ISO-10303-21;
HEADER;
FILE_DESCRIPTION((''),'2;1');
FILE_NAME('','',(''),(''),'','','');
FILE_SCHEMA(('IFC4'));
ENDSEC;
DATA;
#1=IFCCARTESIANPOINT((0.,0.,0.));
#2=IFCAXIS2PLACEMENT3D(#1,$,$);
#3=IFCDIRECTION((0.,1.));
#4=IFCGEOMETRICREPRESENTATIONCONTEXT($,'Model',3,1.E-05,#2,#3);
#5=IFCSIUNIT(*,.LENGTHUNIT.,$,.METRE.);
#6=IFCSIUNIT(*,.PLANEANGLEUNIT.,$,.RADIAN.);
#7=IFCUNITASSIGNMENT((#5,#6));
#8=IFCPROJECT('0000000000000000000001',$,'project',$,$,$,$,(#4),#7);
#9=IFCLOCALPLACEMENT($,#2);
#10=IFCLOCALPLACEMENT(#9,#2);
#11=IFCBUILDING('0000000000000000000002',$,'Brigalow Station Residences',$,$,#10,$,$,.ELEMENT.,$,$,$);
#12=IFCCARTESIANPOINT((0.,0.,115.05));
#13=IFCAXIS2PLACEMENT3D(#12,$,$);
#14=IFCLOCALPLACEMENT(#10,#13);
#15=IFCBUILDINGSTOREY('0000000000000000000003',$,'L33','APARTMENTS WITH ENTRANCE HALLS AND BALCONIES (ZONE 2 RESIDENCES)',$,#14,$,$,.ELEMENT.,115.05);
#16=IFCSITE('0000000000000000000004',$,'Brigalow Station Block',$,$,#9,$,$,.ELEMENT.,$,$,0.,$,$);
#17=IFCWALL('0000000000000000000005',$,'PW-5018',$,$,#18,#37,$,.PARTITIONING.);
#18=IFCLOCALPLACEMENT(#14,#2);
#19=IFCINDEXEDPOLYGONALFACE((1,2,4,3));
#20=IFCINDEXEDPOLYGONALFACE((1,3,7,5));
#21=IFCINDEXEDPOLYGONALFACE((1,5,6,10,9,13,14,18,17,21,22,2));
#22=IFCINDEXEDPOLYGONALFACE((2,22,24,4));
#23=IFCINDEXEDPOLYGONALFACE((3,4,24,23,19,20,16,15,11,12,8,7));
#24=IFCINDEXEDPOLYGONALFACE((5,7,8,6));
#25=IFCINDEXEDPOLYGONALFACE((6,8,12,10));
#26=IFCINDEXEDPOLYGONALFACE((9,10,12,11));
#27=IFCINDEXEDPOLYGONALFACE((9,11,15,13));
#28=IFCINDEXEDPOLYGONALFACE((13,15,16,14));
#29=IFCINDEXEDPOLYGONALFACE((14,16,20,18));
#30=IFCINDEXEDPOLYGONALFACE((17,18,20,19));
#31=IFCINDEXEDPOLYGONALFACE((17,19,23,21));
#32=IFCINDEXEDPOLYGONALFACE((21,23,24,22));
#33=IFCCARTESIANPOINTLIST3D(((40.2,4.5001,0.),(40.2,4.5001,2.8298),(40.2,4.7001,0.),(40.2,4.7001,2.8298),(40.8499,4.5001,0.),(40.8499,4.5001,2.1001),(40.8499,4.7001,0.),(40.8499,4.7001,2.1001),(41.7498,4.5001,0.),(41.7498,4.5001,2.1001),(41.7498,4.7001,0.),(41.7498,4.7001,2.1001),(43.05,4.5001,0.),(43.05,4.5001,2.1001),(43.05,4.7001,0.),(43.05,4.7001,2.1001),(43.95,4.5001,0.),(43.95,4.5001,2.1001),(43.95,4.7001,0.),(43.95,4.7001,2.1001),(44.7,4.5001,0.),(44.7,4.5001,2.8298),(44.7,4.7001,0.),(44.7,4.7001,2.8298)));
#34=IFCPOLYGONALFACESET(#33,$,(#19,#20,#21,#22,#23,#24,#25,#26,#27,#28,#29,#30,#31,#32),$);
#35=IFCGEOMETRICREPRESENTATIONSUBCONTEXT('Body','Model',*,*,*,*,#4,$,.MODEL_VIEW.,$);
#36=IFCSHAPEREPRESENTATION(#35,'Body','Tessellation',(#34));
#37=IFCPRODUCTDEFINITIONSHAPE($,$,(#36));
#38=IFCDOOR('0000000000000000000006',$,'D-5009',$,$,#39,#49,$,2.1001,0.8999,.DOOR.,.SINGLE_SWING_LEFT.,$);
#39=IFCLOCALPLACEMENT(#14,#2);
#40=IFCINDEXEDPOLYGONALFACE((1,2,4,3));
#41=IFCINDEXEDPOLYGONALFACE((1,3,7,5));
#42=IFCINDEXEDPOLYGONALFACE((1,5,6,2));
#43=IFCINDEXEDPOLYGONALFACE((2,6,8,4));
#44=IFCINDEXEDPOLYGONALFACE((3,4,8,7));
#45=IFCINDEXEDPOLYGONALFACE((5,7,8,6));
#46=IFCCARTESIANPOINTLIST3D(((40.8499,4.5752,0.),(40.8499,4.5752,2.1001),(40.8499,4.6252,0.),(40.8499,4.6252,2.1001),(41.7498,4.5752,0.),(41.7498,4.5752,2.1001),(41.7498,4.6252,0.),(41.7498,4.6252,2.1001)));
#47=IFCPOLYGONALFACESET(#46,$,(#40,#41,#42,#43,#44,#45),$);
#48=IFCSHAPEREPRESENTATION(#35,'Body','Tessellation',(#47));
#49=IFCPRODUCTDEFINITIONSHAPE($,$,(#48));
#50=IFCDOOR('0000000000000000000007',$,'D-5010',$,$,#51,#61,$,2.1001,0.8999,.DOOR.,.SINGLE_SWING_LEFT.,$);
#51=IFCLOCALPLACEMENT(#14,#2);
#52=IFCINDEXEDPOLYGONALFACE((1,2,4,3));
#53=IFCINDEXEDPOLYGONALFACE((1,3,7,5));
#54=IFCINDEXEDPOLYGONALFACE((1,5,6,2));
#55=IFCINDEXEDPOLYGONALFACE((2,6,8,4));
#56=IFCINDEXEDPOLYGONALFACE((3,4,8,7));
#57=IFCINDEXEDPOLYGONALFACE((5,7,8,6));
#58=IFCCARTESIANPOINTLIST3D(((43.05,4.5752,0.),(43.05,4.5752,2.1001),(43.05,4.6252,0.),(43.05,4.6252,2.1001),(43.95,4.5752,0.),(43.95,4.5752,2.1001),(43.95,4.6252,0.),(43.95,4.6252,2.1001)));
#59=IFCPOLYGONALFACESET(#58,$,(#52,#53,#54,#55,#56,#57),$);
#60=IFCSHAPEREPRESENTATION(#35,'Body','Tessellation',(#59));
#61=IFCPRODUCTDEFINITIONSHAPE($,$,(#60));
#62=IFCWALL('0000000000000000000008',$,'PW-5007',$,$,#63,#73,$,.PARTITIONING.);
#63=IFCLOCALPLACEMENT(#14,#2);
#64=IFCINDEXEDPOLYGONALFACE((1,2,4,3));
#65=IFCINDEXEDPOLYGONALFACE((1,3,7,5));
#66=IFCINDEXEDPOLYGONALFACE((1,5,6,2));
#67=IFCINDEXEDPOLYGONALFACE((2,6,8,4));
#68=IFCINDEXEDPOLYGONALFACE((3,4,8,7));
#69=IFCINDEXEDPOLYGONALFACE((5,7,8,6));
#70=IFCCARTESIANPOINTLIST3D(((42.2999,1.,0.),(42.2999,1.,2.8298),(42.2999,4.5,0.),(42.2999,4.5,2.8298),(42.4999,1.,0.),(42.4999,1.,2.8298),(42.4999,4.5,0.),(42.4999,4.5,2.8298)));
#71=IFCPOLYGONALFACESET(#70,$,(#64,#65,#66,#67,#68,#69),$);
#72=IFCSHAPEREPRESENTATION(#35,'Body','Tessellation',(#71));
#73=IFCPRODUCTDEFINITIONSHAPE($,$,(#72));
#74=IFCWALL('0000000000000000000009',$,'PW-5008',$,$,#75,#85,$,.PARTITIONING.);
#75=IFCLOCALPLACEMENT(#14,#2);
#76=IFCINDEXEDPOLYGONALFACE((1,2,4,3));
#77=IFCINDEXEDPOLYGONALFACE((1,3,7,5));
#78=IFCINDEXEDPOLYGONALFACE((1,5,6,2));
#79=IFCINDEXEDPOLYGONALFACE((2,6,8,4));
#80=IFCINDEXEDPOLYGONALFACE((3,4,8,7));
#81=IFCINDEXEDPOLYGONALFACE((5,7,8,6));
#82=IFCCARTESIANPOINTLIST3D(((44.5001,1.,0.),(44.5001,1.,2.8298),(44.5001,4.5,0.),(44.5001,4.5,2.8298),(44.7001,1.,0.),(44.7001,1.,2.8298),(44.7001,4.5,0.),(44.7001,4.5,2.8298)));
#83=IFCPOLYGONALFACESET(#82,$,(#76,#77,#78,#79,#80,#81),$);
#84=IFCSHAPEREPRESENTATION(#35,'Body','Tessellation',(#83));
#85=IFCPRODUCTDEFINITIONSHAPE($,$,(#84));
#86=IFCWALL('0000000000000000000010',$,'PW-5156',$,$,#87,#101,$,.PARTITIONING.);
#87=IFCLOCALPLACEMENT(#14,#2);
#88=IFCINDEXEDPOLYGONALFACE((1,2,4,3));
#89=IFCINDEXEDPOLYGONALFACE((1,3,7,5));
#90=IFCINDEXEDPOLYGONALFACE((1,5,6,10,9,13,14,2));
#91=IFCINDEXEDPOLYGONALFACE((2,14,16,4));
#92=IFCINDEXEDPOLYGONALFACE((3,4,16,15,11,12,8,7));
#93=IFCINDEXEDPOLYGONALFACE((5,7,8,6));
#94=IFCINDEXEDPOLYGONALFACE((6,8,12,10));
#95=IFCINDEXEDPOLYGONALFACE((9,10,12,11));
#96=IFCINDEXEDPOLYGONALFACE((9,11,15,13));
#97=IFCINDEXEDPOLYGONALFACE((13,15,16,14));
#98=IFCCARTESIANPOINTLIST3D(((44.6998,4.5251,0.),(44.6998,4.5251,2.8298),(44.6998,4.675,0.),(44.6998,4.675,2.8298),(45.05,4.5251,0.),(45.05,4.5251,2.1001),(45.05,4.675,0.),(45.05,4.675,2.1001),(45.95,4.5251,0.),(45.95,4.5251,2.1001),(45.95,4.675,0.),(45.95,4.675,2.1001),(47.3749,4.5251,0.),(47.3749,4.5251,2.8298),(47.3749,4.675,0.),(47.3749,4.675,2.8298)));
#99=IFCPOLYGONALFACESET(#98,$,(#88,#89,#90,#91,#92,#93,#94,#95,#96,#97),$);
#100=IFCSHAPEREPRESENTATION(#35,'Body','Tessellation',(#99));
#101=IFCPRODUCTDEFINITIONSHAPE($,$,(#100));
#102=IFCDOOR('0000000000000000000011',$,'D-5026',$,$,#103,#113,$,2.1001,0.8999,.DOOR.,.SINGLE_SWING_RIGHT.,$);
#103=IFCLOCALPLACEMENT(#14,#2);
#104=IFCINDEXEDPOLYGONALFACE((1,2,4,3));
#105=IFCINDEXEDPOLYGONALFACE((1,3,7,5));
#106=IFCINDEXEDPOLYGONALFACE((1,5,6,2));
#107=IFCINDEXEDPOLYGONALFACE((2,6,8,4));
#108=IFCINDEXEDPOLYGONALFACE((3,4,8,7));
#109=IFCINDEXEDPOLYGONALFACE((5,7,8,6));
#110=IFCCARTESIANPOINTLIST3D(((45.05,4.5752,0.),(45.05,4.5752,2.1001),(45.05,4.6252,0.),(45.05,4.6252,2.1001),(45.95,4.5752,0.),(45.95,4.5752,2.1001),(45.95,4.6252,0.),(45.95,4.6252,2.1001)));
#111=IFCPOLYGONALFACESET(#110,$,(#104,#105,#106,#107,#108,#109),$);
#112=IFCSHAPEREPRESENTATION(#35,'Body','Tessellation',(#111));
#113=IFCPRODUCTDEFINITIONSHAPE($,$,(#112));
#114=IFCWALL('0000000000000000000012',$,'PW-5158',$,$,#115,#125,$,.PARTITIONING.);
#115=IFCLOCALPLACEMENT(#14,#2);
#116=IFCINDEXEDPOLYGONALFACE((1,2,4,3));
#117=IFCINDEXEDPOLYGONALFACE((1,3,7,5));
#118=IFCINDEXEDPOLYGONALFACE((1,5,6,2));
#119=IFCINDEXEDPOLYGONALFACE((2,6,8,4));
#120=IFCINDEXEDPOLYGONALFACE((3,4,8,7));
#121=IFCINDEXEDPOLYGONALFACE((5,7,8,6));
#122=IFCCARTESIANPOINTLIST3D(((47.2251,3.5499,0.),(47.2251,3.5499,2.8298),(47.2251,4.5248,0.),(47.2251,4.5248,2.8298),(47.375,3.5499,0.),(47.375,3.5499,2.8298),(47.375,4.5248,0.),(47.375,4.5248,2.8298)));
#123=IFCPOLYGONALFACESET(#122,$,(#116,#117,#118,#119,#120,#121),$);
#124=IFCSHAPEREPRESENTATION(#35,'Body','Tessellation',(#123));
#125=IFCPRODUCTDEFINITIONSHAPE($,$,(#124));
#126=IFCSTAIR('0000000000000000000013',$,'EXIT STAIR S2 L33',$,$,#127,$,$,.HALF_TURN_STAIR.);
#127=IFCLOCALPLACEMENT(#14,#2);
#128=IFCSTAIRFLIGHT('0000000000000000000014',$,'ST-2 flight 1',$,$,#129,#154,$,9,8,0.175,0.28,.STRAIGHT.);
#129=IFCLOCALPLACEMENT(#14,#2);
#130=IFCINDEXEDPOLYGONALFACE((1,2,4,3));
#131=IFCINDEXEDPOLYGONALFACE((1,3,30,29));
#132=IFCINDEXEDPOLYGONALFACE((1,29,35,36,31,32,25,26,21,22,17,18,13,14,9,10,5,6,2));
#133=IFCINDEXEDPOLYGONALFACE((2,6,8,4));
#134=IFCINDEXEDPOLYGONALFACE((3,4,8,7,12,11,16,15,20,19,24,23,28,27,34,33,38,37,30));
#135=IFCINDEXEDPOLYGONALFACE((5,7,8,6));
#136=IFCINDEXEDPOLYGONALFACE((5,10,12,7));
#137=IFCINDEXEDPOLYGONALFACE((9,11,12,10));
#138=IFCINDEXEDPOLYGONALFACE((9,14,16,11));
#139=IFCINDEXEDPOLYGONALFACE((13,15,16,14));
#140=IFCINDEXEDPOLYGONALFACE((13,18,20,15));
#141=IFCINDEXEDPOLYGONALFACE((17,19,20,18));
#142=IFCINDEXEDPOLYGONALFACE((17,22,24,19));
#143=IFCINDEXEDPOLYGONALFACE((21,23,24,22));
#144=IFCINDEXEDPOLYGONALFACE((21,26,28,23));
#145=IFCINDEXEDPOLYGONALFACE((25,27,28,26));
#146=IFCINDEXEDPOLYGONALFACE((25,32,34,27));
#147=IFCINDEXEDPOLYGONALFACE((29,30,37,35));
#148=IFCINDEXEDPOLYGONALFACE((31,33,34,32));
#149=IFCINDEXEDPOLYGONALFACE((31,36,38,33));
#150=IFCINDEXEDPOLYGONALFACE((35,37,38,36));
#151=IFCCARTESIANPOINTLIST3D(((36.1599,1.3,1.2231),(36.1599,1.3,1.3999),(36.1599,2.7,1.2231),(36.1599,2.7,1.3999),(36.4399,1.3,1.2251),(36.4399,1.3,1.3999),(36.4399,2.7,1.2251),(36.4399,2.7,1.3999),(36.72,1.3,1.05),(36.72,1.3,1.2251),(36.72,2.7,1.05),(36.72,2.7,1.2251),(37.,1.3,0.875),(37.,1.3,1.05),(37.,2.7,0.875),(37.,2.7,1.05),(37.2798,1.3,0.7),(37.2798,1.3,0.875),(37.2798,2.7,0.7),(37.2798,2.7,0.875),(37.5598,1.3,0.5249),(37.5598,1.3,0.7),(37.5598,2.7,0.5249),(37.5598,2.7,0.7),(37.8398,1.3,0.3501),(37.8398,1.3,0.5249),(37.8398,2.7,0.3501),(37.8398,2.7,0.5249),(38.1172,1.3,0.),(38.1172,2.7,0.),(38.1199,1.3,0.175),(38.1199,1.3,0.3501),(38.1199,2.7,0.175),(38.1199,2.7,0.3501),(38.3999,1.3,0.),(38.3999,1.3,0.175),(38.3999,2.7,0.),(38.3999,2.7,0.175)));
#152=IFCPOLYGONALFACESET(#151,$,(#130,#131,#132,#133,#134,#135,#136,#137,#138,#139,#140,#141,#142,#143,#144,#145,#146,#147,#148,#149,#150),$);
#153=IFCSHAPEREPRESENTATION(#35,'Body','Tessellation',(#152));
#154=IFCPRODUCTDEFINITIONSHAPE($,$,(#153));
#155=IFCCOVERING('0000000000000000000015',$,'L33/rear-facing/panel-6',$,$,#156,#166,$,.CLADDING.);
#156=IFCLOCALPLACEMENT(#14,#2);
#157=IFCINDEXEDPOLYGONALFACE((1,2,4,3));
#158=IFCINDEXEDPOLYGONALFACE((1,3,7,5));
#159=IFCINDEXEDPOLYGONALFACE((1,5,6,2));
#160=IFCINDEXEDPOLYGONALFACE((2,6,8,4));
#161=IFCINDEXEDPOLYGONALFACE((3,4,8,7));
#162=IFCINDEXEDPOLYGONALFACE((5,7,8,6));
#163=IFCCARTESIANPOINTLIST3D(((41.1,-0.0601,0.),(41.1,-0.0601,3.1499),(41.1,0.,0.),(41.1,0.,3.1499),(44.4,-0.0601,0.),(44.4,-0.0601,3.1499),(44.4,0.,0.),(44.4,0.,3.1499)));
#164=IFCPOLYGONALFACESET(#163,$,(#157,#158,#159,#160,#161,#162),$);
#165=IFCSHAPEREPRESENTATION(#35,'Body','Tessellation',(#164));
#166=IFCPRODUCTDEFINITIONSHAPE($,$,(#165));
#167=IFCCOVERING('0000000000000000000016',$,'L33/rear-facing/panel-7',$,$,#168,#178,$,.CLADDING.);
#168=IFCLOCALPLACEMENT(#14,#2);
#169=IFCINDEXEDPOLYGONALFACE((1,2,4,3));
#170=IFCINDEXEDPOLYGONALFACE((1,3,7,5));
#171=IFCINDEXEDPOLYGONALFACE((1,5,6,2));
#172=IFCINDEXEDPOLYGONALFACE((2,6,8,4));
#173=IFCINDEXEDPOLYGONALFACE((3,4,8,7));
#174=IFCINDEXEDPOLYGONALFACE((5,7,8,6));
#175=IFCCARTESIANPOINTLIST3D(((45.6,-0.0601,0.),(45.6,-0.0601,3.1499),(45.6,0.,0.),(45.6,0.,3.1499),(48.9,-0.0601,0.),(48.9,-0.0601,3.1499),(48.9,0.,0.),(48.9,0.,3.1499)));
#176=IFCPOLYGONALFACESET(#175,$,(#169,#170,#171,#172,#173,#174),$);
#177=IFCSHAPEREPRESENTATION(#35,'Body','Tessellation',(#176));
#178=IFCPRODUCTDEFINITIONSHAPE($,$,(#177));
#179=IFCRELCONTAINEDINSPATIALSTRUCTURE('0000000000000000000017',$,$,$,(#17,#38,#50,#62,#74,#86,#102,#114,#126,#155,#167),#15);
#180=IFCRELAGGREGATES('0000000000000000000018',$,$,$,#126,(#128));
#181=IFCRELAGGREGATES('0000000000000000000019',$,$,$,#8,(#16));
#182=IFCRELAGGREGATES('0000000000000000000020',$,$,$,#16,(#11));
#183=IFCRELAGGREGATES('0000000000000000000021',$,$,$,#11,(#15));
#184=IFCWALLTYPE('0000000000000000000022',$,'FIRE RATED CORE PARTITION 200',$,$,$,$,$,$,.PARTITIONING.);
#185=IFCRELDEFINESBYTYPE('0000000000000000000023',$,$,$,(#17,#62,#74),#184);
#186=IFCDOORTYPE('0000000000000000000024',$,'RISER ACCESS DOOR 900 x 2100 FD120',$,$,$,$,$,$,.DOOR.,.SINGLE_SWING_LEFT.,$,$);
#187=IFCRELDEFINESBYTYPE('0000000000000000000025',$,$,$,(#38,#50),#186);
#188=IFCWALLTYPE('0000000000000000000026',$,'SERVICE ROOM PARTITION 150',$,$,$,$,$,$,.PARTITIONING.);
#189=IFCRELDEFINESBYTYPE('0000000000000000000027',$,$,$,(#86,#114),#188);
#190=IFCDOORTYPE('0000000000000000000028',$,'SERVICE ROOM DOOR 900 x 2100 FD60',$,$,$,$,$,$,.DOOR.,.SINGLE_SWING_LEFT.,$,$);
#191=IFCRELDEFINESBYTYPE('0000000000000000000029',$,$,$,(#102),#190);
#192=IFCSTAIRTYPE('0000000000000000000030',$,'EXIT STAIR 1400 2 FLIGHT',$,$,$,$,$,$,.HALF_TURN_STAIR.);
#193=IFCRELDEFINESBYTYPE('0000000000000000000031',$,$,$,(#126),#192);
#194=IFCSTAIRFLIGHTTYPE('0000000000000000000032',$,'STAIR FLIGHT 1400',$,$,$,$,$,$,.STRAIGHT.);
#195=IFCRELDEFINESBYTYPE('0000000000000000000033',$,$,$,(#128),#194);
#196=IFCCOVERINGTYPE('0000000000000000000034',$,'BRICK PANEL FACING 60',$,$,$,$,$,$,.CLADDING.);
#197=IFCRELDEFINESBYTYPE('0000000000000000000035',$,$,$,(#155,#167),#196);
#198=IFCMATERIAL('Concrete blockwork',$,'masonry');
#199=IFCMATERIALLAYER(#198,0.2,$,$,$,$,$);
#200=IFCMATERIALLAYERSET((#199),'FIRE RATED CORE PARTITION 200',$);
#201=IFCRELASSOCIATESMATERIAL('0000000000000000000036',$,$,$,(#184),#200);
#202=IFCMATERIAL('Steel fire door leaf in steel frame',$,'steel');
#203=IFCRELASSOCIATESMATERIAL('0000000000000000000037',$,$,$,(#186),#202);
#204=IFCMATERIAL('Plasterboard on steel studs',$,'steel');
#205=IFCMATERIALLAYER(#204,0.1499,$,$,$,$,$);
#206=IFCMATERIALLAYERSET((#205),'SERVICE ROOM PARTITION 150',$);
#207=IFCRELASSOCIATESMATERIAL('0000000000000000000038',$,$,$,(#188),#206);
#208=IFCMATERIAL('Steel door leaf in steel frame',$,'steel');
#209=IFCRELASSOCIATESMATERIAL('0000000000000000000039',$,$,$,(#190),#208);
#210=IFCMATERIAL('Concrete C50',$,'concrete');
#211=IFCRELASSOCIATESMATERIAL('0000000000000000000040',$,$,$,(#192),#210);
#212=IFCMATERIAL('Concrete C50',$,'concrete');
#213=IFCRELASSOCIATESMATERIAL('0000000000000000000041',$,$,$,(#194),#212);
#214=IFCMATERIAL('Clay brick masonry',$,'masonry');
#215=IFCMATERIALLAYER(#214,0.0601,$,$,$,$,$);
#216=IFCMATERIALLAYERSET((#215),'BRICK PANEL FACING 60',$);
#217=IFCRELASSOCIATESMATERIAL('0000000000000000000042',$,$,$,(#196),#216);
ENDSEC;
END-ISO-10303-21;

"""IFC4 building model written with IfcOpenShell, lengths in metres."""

from ifc_helpers import new_model, si_unit, direction, frame, frame_2d, origin, origin_2d, place, context, subcontext, project, spatial, polyline, rectangle, outline, extrude, material, layer, layer_set, type_object, element, fill, aggregate, save


model = new_model("IFC4")

# Units and contexts
model_context = context("Model", 3, precision=1e-05, world=origin(), true_north=direction((0.0, 1.0)))
body_context = subcontext(model_context, "Body", "Model", "MODEL_VIEW")
ifc_project = project(units=[si_unit("LENGTHUNIT", "METRE"), si_unit("PLANEANGLEUNIT", "RADIAN")], contexts=[model_context])

# Site, building, storey
site_placement = place(None, origin())
site = spatial("IfcSite", under=ifc_project, at=site_placement, Name="Brigalow Station Block", CompositionType="ELEMENT", RefElevation=0.0)
building_placement = place(site_placement, origin())
building = spatial("IfcBuilding", under=site, at=building_placement, Name="Brigalow Station Residences", CompositionType="ELEMENT")
storey_placement = place(building_placement, frame((0.0, 0.0, 115.05)))
storey = spatial("IfcBuildingStorey", under=building, at=storey_placement, Name="L33", Description="APARTMENTS WITH ENTRANCE HALLS AND BALCONIES (ZONE 2 RESIDENCES)", CompositionType="ELEMENT", Elevation=115.05)

# Wall, openings, doors
ifc_material_1 = material(Name="Concrete blockwork", Category="masonry")
ifc_layer_1 = layer(ifc_material_1, 0.2)
ifc_layer_set_1 = layer_set([ifc_layer_1], Name="FIRE RATED CORE PARTITION 200")
wall_type_1 = type_object("IfcWallType", Name="FIRE RATED CORE PARTITION 200", PredefinedType="PARTITIONING", material=ifc_layer_set_1)
wall_1_placement = place(storey_placement, frame((40.2, 4.6001, 0.0), z_axis=(0.0, 0.0, 1.0), x_axis=(1.0, 0.0, 0.0)))
wall_1 = element("IfcWall", 1, at=wall_1_placement, inside=storey, type_object=wall_type_1, Name="PW-5018", PredefinedType="PARTITIONING", context=body_context, shape_type="SweptSolid", body=[
    extrude(rectangle(XDim=4.5, YDim=0.2, at=frame_2d((2.25, 0.0))), origin(), (0.0, 0.0, 1.0), 2.8298),
])
opening_1_placement = place(wall_1_placement, frame((0.6499, 0.0, 0.0)))
opening_1 = element("IfcOpeningElement", 2, at=opening_1_placement, cuts=wall_1, PredefinedType="OPENING", context=body_context, shape_type="SweptSolid", body=[
    extrude(rectangle(XDim=0.8999, YDim=2.1001, at=frame_2d((0.45, 1.05))), frame((0.0, 0.1099, 0.0), z_axis=(0.0, -1.0, 0.0), x_axis=(1.0, 0.0, 0.0)), (0.0, 0.0, 1.0), 0.22),
])
opening_2_placement = place(wall_1_placement, frame((2.8501, 0.0, 0.0)))
opening_2 = element("IfcOpeningElement", 3, at=opening_2_placement, cuts=wall_1, PredefinedType="OPENING", context=body_context, shape_type="SweptSolid", body=[
    extrude(rectangle(XDim=0.8999, YDim=2.1001, at=frame_2d((0.45, 1.05))), frame((0.0, 0.1099, 0.0), z_axis=(0.0, -1.0, 0.0), x_axis=(1.0, 0.0, 0.0)), (0.0, 0.0, 1.0), 0.22),
])
ifc_material_2 = material(Name="Steel fire door leaf in steel frame", Category="steel")
door_type_1 = type_object("IfcDoorType", Name="RISER ACCESS DOOR 900 x 2100 FD120", OperationType="SINGLE_SWING_LEFT", PredefinedType="DOOR", material=ifc_material_2)
door_1_placement = place(opening_1_placement, frame((0.8999, 0.0, 0.0), z_axis=(0.0, 0.0, 1.0), x_axis=(-1.0, 0.0, 0.0)))
door_1 = element("IfcDoor", 4, at=door_1_placement, inside=storey, type_object=door_type_1, Name="D-5009", OperationType="SINGLE_SWING_LEFT", OverallHeight=2.1001, OverallWidth=0.8999, PredefinedType="DOOR", context=body_context, shape_type="SweptSolid", body=[
    extrude(rectangle(XDim=0.8999, YDim=2.1001, at=frame_2d((0.45, 1.05))), frame((0.0, 0.0249, 0.0), z_axis=(0.0, -1.0, 0.0), x_axis=(1.0, 0.0, 0.0)), (0.0, 0.0, 1.0), 0.05),
])
fill(opening_1, door_1)
door_2_placement = place(opening_2_placement, frame((0.8999, 0.0, 0.0), z_axis=(0.0, 0.0, 1.0), x_axis=(-1.0, 0.0, 0.0)))
door_2 = element("IfcDoor", 5, at=door_2_placement, inside=storey, type_object=door_type_1, Name="D-5010", OperationType="SINGLE_SWING_LEFT", OverallHeight=2.1001, OverallWidth=0.8999, PredefinedType="DOOR", context=body_context, shape_type="SweptSolid", body=[
    extrude(rectangle(XDim=0.8999, YDim=2.1001, at=frame_2d((0.45, 1.05))), frame((0.0, 0.0249, 0.0), z_axis=(0.0, -1.0, 0.0), x_axis=(1.0, 0.0, 0.0)), (0.0, 0.0, 1.0), 0.05),
])
fill(opening_2, door_2)

# Walls
for number, where, z_axis, x_axis, name in (
    (6, (42.3999, 1.0, 0.0), (0.0, 0.0, 1.0), (0.0, 1.0, 0.0), "PW-5007"),
    (7, (44.6001, 1.0, 0.0), (0.0, 0.0, 1.0), (0.0, 1.0, 0.0), "PW-5008"),
):
    element("IfcWall", number, at=place(storey_placement, frame(where, z_axis=z_axis, x_axis=x_axis)), inside=storey, type_object=wall_type_1, Name=name, PredefinedType="PARTITIONING", context=body_context, shape_type="SweptSolid", body=[
        extrude(rectangle(XDim=3.5, YDim=0.2, at=frame_2d((1.75, 0.0))), origin(), (0.0, 0.0, 1.0), 2.8298),
    ])

# Wall, opening, door
ifc_material_3 = material(Name="Plasterboard on steel studs", Category="steel")
ifc_layer_2 = layer(ifc_material_3, 0.1499)
ifc_layer_set_2 = layer_set([ifc_layer_2], Name="SERVICE ROOM PARTITION 150")
wall_type_2 = type_object("IfcWallType", Name="SERVICE ROOM PARTITION 150", PredefinedType="PARTITIONING", material=ifc_layer_set_2)
wall_2_placement = place(storey_placement, frame((44.7, 4.6001, 0.0), z_axis=(0.0, 0.0, 1.0), x_axis=(1.0, 0.0, 0.0)))
wall_2 = element("IfcWall", 8, at=wall_2_placement, inside=storey, type_object=wall_type_2, Name="PW-5156", PredefinedType="PARTITIONING", context=body_context, shape_type="SweptSolid", body=[
    extrude(rectangle(XDim=2.675, YDim=0.1499, at=frame_2d((1.3374, 0.0))), origin(), (0.0, 0.0, 1.0), 2.8298),
])
opening_3_placement = place(wall_2_placement, frame((0.3501, 0.0, 0.0)))
opening_3 = element("IfcOpeningElement", 9, at=opening_3_placement, cuts=wall_2, PredefinedType="OPENING", context=body_context, shape_type="SweptSolid", body=[
    extrude(rectangle(XDim=0.8999, YDim=2.1001, at=frame_2d((0.45, 1.05))), frame((0.0, 0.085, 0.0), z_axis=(0.0, -1.0, 0.0), x_axis=(1.0, 0.0, 0.0)), (0.0, 0.0, 1.0), 0.1699),
])
ifc_material_4 = material(Name="Steel door leaf in steel frame", Category="steel")
door_type_2 = type_object("IfcDoorType", Name="SERVICE ROOM DOOR 900 x 2100 FD60", OperationType="SINGLE_SWING_LEFT", PredefinedType="DOOR", material=ifc_material_4)
door_3_placement = place(opening_3_placement, frame((0.8999, 0.0, 0.0), z_axis=(0.0, 0.0, 1.0), x_axis=(-1.0, 0.0, 0.0)))
door_3 = element("IfcDoor", 10, at=door_3_placement, inside=storey, type_object=door_type_2, Name="D-5026", OperationType="SINGLE_SWING_RIGHT", OverallHeight=2.1001, OverallWidth=0.8999, PredefinedType="DOOR", context=body_context, shape_type="SweptSolid", body=[
    extrude(rectangle(XDim=0.8999, YDim=2.1001, at=frame_2d((0.45, 1.05))), frame((0.0, 0.0249, 0.0), z_axis=(0.0, -1.0, 0.0), x_axis=(1.0, 0.0, 0.0)), (0.0, 0.0, 1.0), 0.05),
])
fill(opening_3, door_3)

# Wall
wall_3_placement = place(storey_placement, frame((47.3, 3.55, 0.0), z_axis=(0.0, 0.0, 1.0), x_axis=(0.0, 1.0, 0.0)))
element("IfcWall", 11, at=wall_3_placement, inside=storey, type_object=wall_type_2, Name="PW-5158", PredefinedType="PARTITIONING", context=body_context, shape_type="SweptSolid", body=[
    extrude(rectangle(XDim=0.9749, YDim=0.1499, at=frame_2d((0.4873, 0.0))), origin(), (0.0, 0.0, 1.0), 2.8298),
])

# Stair, stair flight
ifc_material_5 = material(Name="Concrete C50", Category="concrete")
stair_type = type_object("IfcStairType", Name="EXIT STAIR 1400 2 FLIGHT", PredefinedType="HALF_TURN_STAIR", material=ifc_material_5)
stair_placement = place(storey_placement, origin())
stair = element("IfcStair", 12, at=stair_placement, inside=storey, type_object=stair_type, Name="EXIT STAIR S2 L33", PredefinedType="HALF_TURN_STAIR")
ifc_material_6 = material(Name="Concrete C50", Category="concrete")
stair_flight_type = type_object("IfcStairFlightType", Name="STAIR FLIGHT 1400", PredefinedType="STRAIGHT", material=ifc_material_6)
stair_flight_placement = place(storey_placement, frame((38.3999, 2.0, 0.0), z_axis=(0.0, 0.0, 1.0), x_axis=(-1.0, 0.0, 0.0)))
stair_flight = element("IfcStairFlight", 13, at=stair_flight_placement, type_object=stair_flight_type, Name="ST-2 flight 1", NumberOfRisers=9, NumberOfTreads=8, PredefinedType="STRAIGHT", RiserHeight=0.175, TreadLength=0.28, context=body_context, shape_type="SweptSolid", body=[
    extrude(outline(polyline([(0.0, 0.0), (0.0, 0.175), (0.28, 0.175), (0.28, 0.3501), (0.5601, 0.3501), (0.5601, 0.5249), (0.8401, 0.5249), (0.8401, 0.7), (1.1201, 0.7), (1.1201, 0.875), (1.3999, 0.875), (1.3999, 1.05), (1.6799, 1.05), (1.6799, 1.2251), (1.96, 1.2251), (1.96, 1.3999), (2.24, 1.3999), (2.24, 1.575), (2.24, 1.2231), (0.2827, 0.0), (0.0, 0.0)])), frame((0.0, 0.7, 0.0), z_axis=(0.0, -1.0, 0.0), x_axis=(1.0, 0.0, 0.0)), (0.0, 0.0, 1.0), 1.3999),
])
aggregate(stair, [stair_flight])

# Coverings
ifc_material_7 = material(Name="Clay brick masonry", Category="masonry")
ifc_layer_3 = layer(ifc_material_7, 0.0601)
ifc_layer_set_3 = layer_set([ifc_layer_3], Name="BRICK PANEL FACING 60")
covering_type_1 = type_object("IfcCoveringType", Name="BRICK PANEL FACING 60", PredefinedType="CLADDING", material=ifc_layer_set_3)
for number, where, z_axis, x_axis, name in (
    (14, (42.75, -0.03, 0.0), (0.0, 0.0, 1.0), (1.0, 0.0, 0.0), "L33/rear-facing/panel-6"),
    (15, (47.25, -0.03, 0.0), (0.0, 0.0, 1.0), (1.0, 0.0, 0.0), "L33/rear-facing/panel-7"),
):
    element("IfcCovering", number, at=place(storey_placement, frame(where, z_axis=z_axis, x_axis=x_axis)), inside=storey, type_object=covering_type_1, Name=name, PredefinedType="CLADDING", context=body_context, shape_type="SweptSolid", body=[
        extrude(rectangle(XDim=3.3, YDim=0.0601, at=origin_2d()), origin(), (0.0, 0.0, 1.0), 3.1499),
    ])

save(model, "model.ifc")
